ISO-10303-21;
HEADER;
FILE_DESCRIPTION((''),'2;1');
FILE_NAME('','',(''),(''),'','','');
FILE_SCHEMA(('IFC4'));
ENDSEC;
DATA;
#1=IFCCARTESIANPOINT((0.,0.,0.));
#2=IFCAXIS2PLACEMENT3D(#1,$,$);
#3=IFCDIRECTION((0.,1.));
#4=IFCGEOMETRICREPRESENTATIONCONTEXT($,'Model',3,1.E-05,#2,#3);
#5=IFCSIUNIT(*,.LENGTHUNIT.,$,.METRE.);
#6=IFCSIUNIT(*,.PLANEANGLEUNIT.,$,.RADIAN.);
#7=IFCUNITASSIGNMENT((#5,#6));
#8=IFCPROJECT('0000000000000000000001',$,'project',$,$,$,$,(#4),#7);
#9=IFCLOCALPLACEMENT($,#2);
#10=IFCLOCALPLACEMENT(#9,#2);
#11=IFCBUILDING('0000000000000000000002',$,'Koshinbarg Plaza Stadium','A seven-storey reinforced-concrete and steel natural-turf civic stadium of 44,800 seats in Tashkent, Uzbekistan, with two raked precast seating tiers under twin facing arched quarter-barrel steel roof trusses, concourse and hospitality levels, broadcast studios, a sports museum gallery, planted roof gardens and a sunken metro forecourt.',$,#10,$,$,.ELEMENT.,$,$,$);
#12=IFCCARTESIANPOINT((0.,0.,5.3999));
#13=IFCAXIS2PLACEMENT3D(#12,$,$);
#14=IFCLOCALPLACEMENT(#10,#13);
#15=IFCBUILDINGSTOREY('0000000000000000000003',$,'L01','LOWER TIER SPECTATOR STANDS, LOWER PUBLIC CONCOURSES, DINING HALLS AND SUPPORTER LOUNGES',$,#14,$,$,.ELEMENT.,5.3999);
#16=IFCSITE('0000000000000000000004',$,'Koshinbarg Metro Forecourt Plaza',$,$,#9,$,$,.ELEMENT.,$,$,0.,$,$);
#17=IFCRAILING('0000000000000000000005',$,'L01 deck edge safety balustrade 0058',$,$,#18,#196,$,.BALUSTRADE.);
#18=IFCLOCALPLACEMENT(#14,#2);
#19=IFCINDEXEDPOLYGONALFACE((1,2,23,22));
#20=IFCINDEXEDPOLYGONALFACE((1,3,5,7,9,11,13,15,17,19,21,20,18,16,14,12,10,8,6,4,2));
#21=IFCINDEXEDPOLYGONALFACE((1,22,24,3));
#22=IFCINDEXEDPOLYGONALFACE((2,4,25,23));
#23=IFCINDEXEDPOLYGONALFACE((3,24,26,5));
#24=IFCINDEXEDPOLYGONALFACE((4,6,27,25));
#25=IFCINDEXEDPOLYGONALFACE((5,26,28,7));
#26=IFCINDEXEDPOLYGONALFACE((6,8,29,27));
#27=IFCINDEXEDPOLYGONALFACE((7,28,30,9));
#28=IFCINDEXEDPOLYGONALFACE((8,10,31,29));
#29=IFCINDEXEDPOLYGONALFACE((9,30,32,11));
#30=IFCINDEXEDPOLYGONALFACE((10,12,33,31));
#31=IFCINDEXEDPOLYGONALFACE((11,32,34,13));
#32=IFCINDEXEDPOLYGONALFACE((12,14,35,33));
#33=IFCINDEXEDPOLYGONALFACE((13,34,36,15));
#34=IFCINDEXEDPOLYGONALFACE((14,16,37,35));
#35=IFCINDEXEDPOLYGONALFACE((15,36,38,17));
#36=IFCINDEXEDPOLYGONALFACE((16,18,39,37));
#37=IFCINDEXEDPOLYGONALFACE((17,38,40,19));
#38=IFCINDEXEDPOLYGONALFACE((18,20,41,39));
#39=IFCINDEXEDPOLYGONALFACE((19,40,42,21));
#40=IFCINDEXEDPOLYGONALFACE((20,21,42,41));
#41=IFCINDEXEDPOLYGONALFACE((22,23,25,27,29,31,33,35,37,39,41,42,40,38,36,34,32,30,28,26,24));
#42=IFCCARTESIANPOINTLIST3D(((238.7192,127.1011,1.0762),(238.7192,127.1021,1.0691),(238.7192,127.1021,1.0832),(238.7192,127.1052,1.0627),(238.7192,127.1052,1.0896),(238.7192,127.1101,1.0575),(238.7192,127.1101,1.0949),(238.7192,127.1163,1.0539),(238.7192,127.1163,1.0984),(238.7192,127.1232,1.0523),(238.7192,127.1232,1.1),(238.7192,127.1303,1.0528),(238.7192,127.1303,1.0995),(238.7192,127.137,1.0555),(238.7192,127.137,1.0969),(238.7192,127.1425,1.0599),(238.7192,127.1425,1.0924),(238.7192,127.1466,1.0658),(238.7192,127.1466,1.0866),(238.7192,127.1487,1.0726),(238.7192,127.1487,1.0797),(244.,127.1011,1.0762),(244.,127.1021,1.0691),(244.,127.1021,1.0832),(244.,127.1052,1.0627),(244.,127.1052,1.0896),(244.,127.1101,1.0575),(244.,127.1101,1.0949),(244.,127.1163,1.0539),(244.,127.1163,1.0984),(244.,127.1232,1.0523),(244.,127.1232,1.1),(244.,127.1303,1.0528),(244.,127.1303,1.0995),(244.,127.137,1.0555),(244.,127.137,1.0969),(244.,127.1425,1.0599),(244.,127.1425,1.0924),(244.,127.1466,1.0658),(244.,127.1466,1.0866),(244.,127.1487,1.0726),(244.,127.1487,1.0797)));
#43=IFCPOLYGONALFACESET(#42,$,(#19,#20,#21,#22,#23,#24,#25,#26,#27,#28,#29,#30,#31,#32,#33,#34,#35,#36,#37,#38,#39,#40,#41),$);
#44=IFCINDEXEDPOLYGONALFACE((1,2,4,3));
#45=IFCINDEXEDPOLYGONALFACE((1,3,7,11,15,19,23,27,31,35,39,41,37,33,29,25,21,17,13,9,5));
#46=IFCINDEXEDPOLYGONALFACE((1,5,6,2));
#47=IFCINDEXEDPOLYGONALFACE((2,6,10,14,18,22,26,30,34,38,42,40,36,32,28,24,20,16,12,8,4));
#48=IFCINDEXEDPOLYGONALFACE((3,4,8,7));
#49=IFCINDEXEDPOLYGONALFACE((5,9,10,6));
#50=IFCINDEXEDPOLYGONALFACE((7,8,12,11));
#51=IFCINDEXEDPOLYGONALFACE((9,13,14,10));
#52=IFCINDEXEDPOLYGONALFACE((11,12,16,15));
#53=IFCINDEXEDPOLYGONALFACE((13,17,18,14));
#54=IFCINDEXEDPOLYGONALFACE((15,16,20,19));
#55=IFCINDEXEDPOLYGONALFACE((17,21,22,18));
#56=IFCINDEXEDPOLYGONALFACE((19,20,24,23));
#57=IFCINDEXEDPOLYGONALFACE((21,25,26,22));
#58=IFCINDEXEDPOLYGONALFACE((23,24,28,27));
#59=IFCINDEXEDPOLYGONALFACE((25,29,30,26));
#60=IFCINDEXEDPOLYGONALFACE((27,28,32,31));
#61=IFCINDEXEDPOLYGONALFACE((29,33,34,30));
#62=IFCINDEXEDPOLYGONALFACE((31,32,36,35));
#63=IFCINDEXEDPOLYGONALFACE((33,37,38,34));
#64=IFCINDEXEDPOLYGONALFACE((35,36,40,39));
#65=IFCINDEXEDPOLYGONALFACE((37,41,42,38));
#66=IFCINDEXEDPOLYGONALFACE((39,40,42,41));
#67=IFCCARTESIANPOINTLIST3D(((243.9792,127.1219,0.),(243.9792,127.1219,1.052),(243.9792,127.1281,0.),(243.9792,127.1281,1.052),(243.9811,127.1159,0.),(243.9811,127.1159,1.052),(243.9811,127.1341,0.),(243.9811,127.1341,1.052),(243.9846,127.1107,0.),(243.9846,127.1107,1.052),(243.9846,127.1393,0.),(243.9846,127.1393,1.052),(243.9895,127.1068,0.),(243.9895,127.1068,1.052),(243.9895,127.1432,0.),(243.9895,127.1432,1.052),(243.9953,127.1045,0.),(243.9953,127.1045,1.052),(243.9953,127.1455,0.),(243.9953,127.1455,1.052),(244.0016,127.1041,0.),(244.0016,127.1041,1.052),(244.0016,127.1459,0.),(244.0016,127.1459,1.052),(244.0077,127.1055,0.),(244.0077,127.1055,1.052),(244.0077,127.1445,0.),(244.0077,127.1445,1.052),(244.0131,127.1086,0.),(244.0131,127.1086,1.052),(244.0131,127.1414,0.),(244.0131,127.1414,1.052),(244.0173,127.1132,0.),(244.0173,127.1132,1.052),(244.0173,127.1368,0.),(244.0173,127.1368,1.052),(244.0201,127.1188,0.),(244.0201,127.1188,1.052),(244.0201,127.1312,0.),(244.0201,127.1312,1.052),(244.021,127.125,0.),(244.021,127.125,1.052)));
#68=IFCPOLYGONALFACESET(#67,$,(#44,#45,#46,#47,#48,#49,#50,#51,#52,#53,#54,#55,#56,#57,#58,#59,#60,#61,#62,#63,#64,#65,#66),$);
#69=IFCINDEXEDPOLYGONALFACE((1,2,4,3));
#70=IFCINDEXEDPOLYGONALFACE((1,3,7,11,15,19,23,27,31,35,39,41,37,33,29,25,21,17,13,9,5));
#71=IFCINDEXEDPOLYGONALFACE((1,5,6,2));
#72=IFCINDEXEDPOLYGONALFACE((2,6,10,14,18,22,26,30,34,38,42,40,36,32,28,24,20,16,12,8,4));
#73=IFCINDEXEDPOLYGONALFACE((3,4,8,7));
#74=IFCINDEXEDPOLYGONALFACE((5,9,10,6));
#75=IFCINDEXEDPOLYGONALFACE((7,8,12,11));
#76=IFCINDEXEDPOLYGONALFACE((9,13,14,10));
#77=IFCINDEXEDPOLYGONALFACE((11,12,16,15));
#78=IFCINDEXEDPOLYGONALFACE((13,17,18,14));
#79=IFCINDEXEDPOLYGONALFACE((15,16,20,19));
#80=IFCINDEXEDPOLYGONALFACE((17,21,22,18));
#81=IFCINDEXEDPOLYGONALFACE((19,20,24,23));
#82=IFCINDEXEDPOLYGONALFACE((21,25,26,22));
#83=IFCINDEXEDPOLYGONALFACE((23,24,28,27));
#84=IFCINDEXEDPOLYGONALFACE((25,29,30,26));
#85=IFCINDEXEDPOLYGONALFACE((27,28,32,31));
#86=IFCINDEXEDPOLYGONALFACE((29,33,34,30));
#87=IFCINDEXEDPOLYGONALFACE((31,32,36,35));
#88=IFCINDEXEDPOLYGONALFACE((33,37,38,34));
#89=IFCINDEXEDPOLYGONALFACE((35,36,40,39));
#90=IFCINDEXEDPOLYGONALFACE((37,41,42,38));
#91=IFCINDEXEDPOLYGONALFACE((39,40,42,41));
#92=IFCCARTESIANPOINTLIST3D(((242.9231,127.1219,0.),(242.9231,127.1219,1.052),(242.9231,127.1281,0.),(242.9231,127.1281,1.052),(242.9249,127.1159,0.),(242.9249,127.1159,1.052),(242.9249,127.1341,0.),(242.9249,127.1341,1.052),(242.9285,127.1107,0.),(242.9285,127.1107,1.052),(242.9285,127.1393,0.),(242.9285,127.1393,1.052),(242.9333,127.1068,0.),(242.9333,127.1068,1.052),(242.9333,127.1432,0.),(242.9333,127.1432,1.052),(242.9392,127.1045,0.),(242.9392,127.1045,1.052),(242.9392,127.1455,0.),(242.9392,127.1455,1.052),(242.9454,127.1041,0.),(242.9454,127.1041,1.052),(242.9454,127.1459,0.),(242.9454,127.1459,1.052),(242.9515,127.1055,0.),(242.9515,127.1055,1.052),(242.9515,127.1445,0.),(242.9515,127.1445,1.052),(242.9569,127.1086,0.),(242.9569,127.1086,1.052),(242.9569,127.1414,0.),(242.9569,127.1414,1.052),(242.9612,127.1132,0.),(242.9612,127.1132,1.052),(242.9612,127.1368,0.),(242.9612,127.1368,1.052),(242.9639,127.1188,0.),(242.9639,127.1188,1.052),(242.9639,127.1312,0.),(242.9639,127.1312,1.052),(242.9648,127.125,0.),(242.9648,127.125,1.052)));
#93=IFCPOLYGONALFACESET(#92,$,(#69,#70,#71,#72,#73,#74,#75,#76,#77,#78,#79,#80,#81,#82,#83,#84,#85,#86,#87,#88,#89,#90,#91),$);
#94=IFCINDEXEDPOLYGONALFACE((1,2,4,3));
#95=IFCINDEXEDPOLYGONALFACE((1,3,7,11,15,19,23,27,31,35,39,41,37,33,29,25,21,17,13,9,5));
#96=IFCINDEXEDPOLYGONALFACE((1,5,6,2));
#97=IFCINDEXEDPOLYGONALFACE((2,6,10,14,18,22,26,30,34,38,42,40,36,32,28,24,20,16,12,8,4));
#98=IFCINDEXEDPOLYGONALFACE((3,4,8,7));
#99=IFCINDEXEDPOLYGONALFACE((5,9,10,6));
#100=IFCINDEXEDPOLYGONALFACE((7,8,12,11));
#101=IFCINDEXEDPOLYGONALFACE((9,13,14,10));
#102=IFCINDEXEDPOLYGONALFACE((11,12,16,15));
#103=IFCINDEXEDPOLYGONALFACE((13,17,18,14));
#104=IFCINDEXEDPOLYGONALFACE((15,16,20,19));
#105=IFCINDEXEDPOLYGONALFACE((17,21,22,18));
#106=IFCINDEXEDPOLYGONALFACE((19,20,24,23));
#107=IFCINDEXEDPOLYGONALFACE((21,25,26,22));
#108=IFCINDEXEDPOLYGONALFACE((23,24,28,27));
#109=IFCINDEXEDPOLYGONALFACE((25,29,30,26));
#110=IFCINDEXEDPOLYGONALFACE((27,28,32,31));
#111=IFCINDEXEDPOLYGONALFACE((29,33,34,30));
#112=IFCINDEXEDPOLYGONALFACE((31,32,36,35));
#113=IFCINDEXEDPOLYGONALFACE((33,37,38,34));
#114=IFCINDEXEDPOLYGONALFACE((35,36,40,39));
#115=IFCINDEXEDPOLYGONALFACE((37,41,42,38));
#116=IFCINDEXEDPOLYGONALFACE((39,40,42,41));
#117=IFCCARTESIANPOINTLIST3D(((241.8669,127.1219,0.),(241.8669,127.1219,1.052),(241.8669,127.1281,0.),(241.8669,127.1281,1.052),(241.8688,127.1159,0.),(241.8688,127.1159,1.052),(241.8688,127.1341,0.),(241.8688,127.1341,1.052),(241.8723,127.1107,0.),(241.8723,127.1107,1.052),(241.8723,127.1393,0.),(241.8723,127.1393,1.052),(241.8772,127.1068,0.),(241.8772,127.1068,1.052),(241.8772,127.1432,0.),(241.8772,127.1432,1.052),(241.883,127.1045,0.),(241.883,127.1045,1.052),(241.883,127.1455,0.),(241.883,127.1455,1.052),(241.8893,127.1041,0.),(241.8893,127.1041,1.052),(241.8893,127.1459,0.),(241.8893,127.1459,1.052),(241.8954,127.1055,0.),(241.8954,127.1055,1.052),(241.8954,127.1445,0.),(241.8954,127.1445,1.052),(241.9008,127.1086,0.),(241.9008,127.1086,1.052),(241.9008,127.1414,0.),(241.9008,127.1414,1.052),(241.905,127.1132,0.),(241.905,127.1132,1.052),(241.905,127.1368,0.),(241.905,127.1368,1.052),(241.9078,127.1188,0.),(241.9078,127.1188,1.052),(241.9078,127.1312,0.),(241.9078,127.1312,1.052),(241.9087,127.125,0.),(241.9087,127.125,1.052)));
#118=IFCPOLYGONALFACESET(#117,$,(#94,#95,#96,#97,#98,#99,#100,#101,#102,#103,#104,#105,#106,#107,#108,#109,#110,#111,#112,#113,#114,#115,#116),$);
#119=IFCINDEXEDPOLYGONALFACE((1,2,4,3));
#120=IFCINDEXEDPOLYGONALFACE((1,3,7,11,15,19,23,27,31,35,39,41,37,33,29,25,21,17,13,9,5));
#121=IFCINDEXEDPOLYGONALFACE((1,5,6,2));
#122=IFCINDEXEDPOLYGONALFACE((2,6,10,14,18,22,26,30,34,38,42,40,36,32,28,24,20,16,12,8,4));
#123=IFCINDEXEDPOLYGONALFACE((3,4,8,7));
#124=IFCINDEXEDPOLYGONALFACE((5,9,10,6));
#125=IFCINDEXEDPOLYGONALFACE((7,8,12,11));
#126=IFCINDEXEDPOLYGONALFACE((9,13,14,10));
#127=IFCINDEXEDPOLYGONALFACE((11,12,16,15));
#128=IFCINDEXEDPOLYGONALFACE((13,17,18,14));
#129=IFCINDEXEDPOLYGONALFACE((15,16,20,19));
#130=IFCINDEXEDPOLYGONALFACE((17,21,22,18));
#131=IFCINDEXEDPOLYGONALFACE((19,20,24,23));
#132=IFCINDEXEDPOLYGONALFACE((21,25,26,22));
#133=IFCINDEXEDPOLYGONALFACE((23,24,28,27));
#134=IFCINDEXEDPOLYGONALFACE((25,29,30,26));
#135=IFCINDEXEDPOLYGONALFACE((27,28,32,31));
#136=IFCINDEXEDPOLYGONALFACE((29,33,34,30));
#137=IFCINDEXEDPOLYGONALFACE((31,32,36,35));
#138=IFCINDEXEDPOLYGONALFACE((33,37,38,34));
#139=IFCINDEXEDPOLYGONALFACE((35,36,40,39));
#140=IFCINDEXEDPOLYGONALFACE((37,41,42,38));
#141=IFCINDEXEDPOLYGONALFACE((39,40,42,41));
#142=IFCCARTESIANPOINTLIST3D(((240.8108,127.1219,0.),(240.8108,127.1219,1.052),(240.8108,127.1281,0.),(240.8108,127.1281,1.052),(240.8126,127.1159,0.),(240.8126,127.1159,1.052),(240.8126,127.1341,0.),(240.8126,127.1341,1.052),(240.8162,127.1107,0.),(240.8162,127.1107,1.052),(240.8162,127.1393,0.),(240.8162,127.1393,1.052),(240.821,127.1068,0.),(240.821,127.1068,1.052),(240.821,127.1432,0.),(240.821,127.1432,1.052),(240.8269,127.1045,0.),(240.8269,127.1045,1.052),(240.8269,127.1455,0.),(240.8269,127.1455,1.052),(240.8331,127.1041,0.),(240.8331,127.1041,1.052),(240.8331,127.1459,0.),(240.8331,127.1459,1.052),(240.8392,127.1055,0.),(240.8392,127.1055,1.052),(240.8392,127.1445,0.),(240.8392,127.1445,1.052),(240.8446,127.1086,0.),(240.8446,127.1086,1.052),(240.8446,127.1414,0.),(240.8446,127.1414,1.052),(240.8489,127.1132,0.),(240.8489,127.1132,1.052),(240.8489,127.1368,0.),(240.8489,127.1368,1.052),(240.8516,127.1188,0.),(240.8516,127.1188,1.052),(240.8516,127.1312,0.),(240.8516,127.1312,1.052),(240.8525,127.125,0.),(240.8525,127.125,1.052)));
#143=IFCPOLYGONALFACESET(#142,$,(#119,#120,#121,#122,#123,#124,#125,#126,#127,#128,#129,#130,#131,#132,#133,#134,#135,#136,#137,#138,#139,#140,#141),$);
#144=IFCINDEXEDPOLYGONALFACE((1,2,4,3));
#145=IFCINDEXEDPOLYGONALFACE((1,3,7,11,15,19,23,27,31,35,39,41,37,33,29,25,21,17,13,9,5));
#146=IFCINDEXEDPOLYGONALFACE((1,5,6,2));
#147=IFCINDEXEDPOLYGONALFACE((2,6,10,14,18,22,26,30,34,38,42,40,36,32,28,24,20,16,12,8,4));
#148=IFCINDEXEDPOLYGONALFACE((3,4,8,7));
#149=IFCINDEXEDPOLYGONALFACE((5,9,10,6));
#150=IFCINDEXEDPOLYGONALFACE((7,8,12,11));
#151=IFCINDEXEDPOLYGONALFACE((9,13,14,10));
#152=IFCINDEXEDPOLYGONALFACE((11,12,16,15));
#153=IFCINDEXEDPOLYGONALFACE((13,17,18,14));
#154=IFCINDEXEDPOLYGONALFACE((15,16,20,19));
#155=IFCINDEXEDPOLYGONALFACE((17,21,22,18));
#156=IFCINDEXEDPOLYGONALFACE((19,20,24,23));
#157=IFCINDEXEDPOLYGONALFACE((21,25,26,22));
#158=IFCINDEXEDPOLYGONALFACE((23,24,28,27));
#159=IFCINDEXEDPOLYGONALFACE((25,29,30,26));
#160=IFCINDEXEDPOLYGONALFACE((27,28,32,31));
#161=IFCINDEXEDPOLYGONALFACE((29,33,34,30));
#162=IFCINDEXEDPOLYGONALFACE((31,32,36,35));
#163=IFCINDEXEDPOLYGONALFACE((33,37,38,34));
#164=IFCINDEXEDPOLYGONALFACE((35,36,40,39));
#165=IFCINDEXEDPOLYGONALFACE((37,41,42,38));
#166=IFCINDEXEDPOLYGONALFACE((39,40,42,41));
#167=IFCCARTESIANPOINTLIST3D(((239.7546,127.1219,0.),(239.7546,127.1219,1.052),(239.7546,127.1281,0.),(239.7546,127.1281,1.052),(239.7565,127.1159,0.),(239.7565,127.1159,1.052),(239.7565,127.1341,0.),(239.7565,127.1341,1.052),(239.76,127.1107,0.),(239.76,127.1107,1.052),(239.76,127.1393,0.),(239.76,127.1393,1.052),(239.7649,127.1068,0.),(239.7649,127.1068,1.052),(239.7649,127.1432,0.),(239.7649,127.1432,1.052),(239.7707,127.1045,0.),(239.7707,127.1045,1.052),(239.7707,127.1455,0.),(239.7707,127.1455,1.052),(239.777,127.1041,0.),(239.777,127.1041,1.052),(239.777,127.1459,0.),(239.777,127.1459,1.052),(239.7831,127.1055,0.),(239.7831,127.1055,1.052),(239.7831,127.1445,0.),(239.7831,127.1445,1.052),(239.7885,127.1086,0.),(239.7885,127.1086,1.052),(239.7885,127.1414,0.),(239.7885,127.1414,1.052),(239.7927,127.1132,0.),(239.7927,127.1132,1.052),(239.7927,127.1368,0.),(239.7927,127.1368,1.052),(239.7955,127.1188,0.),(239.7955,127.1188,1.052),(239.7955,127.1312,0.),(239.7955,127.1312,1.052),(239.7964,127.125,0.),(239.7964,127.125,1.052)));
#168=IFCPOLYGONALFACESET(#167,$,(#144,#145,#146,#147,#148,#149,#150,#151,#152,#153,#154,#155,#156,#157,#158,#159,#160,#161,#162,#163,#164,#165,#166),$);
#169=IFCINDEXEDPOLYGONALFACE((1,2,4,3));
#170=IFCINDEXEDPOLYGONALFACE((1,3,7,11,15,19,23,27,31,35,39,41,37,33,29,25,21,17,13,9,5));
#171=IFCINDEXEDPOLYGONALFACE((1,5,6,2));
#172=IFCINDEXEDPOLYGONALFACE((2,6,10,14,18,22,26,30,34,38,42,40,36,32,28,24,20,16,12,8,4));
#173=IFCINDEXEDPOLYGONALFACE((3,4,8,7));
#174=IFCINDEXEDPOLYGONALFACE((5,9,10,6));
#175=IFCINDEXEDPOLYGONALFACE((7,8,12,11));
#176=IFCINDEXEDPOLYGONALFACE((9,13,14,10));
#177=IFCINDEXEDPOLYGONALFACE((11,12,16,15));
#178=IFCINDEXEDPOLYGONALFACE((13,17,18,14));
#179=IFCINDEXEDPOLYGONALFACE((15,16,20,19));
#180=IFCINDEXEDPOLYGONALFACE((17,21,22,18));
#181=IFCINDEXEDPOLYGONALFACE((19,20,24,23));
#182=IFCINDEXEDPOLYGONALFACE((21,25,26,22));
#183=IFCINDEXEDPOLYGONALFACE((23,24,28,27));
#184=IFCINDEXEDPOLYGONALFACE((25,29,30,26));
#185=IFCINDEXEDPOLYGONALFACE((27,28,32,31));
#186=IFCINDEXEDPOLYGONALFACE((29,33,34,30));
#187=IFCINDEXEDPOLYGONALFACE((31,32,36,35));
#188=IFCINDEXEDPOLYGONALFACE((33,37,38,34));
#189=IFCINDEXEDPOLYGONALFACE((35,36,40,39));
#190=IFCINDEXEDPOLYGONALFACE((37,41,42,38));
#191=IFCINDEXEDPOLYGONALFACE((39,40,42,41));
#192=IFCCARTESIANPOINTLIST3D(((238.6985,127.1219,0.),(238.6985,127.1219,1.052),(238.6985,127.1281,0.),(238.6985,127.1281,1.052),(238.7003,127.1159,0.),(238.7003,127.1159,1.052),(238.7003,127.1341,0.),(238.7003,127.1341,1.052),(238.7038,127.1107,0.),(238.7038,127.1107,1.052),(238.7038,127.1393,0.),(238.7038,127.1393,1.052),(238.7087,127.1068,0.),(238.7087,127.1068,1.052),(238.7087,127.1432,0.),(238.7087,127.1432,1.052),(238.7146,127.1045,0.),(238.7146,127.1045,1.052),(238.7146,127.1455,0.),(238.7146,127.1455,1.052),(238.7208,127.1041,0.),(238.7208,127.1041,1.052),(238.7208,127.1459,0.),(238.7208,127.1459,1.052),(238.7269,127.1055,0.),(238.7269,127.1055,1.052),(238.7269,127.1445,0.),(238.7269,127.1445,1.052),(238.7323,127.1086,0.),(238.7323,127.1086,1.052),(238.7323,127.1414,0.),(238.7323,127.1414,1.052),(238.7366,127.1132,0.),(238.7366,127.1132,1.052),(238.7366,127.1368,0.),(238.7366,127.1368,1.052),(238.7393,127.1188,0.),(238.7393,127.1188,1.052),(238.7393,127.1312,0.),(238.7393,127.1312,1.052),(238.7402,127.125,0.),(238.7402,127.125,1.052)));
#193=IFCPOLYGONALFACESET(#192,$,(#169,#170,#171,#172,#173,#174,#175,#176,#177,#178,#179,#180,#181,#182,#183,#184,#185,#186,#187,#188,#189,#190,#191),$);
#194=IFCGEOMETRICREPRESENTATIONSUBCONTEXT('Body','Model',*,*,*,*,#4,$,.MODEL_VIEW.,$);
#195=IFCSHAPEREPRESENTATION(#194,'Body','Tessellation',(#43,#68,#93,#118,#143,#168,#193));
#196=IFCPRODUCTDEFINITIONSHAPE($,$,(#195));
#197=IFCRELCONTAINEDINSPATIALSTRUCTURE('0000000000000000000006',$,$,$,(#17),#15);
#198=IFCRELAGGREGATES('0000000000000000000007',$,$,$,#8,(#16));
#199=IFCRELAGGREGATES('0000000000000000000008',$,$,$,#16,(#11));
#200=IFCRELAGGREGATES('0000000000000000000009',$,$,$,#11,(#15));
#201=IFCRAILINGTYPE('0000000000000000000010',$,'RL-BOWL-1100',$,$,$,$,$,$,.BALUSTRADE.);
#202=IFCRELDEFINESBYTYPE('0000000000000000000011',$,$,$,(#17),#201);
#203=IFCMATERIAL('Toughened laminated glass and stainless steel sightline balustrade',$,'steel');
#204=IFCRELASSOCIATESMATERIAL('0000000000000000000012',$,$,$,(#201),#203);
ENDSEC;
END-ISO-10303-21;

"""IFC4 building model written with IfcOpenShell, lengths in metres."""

from ifc_helpers import new_model, si_unit, direction, frame, origin, origin_2d, place, context, subcontext, project, spatial, circle, extrude, material, type_object, element, save


model = new_model("IFC4")

# Units and contexts
model_context = context("Model", 3, precision=1e-05, world=origin(), true_north=direction((0.0, 1.0)))
body_context = subcontext(model_context, "Body", "Model", "MODEL_VIEW")
ifc_project = project(units=[si_unit("LENGTHUNIT", "METRE"), si_unit("PLANEANGLEUNIT", "RADIAN")], contexts=[model_context])

# Site, building, storey
site_placement = place(None, origin())
site = spatial("IfcSite", under=ifc_project, at=site_placement, Name="Koshinbarg Metro Forecourt Plaza", CompositionType="ELEMENT", RefElevation=0.0)
building_placement = place(site_placement, origin())
building = spatial("IfcBuilding", under=site, at=building_placement, Name="Koshinbarg Plaza Stadium", Description="A seven-storey reinforced-concrete and steel natural-turf civic stadium of 44,800 seats in Tashkent, Uzbekistan, with two raked precast seating tiers under twin facing arched quarter-barrel steel roof trusses, concourse and hospitality levels, broadcast studios, a sports museum gallery, planted roof gardens and a sunken metro forecourt.", CompositionType="ELEMENT")
storey_placement = place(building_placement, frame((0.0, 0.0, 5.3999)))
storey = spatial("IfcBuildingStorey", under=building, at=storey_placement, Name="L01", Description="LOWER TIER SPECTATOR STANDS, LOWER PUBLIC CONCOURSES, DINING HALLS AND SUPPORTER LOUNGES", CompositionType="ELEMENT", Elevation=5.3999)

# Railing
ifc_material_1 = material(Name="Toughened laminated glass and stainless steel sightline balustrade", Category="steel")
railing_type = type_object("IfcRailingType", Name="RL-BOWL-1100", PredefinedType="BALUSTRADE", material=ifc_material_1)
railing_1_placement = place(storey_placement, frame((244.0, 127.125, 0.0)))
element("IfcRailing", 1, at=railing_1_placement, inside=storey, type_object=railing_type, Name="L01 deck edge safety balustrade 0058", PredefinedType="BALUSTRADE", context=body_context, shape_type="SweptSolid", body=[
    extrude(circle(Radius=0.0239, at=origin_2d()), frame((0.0, 0.0, 1.0762), z_axis=(-1.0, 0.0, 0.0), x_axis=(0.0, -1.0, 0.0)), (0.0, 0.0, 1.0), 5.2808),
    extrude(circle(Radius=0.021, at=origin_2d()), origin(), (0.0, 0.0, 1.0), 1.052),
    extrude(circle(Radius=0.021, at=origin_2d()), frame((-1.0562, 0.0, 0.0)), (0.0, 0.0, 1.0), 1.052),
    extrude(circle(Radius=0.021, at=origin_2d()), frame((-2.1123, 0.0, 0.0)), (0.0, 0.0, 1.0), 1.052),
    extrude(circle(Radius=0.021, at=origin_2d()), frame((-3.1685, 0.0, 0.0)), (0.0, 0.0, 1.0), 1.052),
    extrude(circle(Radius=0.021, at=origin_2d()), frame((-4.2246, 0.0, 0.0)), (0.0, 0.0, 1.0), 1.052),
    extrude(circle(Radius=0.021, at=origin_2d()), frame((-5.2808, 0.0, 0.0)), (0.0, 0.0, 1.0), 1.052),
])

save(model, "model.ifc")
